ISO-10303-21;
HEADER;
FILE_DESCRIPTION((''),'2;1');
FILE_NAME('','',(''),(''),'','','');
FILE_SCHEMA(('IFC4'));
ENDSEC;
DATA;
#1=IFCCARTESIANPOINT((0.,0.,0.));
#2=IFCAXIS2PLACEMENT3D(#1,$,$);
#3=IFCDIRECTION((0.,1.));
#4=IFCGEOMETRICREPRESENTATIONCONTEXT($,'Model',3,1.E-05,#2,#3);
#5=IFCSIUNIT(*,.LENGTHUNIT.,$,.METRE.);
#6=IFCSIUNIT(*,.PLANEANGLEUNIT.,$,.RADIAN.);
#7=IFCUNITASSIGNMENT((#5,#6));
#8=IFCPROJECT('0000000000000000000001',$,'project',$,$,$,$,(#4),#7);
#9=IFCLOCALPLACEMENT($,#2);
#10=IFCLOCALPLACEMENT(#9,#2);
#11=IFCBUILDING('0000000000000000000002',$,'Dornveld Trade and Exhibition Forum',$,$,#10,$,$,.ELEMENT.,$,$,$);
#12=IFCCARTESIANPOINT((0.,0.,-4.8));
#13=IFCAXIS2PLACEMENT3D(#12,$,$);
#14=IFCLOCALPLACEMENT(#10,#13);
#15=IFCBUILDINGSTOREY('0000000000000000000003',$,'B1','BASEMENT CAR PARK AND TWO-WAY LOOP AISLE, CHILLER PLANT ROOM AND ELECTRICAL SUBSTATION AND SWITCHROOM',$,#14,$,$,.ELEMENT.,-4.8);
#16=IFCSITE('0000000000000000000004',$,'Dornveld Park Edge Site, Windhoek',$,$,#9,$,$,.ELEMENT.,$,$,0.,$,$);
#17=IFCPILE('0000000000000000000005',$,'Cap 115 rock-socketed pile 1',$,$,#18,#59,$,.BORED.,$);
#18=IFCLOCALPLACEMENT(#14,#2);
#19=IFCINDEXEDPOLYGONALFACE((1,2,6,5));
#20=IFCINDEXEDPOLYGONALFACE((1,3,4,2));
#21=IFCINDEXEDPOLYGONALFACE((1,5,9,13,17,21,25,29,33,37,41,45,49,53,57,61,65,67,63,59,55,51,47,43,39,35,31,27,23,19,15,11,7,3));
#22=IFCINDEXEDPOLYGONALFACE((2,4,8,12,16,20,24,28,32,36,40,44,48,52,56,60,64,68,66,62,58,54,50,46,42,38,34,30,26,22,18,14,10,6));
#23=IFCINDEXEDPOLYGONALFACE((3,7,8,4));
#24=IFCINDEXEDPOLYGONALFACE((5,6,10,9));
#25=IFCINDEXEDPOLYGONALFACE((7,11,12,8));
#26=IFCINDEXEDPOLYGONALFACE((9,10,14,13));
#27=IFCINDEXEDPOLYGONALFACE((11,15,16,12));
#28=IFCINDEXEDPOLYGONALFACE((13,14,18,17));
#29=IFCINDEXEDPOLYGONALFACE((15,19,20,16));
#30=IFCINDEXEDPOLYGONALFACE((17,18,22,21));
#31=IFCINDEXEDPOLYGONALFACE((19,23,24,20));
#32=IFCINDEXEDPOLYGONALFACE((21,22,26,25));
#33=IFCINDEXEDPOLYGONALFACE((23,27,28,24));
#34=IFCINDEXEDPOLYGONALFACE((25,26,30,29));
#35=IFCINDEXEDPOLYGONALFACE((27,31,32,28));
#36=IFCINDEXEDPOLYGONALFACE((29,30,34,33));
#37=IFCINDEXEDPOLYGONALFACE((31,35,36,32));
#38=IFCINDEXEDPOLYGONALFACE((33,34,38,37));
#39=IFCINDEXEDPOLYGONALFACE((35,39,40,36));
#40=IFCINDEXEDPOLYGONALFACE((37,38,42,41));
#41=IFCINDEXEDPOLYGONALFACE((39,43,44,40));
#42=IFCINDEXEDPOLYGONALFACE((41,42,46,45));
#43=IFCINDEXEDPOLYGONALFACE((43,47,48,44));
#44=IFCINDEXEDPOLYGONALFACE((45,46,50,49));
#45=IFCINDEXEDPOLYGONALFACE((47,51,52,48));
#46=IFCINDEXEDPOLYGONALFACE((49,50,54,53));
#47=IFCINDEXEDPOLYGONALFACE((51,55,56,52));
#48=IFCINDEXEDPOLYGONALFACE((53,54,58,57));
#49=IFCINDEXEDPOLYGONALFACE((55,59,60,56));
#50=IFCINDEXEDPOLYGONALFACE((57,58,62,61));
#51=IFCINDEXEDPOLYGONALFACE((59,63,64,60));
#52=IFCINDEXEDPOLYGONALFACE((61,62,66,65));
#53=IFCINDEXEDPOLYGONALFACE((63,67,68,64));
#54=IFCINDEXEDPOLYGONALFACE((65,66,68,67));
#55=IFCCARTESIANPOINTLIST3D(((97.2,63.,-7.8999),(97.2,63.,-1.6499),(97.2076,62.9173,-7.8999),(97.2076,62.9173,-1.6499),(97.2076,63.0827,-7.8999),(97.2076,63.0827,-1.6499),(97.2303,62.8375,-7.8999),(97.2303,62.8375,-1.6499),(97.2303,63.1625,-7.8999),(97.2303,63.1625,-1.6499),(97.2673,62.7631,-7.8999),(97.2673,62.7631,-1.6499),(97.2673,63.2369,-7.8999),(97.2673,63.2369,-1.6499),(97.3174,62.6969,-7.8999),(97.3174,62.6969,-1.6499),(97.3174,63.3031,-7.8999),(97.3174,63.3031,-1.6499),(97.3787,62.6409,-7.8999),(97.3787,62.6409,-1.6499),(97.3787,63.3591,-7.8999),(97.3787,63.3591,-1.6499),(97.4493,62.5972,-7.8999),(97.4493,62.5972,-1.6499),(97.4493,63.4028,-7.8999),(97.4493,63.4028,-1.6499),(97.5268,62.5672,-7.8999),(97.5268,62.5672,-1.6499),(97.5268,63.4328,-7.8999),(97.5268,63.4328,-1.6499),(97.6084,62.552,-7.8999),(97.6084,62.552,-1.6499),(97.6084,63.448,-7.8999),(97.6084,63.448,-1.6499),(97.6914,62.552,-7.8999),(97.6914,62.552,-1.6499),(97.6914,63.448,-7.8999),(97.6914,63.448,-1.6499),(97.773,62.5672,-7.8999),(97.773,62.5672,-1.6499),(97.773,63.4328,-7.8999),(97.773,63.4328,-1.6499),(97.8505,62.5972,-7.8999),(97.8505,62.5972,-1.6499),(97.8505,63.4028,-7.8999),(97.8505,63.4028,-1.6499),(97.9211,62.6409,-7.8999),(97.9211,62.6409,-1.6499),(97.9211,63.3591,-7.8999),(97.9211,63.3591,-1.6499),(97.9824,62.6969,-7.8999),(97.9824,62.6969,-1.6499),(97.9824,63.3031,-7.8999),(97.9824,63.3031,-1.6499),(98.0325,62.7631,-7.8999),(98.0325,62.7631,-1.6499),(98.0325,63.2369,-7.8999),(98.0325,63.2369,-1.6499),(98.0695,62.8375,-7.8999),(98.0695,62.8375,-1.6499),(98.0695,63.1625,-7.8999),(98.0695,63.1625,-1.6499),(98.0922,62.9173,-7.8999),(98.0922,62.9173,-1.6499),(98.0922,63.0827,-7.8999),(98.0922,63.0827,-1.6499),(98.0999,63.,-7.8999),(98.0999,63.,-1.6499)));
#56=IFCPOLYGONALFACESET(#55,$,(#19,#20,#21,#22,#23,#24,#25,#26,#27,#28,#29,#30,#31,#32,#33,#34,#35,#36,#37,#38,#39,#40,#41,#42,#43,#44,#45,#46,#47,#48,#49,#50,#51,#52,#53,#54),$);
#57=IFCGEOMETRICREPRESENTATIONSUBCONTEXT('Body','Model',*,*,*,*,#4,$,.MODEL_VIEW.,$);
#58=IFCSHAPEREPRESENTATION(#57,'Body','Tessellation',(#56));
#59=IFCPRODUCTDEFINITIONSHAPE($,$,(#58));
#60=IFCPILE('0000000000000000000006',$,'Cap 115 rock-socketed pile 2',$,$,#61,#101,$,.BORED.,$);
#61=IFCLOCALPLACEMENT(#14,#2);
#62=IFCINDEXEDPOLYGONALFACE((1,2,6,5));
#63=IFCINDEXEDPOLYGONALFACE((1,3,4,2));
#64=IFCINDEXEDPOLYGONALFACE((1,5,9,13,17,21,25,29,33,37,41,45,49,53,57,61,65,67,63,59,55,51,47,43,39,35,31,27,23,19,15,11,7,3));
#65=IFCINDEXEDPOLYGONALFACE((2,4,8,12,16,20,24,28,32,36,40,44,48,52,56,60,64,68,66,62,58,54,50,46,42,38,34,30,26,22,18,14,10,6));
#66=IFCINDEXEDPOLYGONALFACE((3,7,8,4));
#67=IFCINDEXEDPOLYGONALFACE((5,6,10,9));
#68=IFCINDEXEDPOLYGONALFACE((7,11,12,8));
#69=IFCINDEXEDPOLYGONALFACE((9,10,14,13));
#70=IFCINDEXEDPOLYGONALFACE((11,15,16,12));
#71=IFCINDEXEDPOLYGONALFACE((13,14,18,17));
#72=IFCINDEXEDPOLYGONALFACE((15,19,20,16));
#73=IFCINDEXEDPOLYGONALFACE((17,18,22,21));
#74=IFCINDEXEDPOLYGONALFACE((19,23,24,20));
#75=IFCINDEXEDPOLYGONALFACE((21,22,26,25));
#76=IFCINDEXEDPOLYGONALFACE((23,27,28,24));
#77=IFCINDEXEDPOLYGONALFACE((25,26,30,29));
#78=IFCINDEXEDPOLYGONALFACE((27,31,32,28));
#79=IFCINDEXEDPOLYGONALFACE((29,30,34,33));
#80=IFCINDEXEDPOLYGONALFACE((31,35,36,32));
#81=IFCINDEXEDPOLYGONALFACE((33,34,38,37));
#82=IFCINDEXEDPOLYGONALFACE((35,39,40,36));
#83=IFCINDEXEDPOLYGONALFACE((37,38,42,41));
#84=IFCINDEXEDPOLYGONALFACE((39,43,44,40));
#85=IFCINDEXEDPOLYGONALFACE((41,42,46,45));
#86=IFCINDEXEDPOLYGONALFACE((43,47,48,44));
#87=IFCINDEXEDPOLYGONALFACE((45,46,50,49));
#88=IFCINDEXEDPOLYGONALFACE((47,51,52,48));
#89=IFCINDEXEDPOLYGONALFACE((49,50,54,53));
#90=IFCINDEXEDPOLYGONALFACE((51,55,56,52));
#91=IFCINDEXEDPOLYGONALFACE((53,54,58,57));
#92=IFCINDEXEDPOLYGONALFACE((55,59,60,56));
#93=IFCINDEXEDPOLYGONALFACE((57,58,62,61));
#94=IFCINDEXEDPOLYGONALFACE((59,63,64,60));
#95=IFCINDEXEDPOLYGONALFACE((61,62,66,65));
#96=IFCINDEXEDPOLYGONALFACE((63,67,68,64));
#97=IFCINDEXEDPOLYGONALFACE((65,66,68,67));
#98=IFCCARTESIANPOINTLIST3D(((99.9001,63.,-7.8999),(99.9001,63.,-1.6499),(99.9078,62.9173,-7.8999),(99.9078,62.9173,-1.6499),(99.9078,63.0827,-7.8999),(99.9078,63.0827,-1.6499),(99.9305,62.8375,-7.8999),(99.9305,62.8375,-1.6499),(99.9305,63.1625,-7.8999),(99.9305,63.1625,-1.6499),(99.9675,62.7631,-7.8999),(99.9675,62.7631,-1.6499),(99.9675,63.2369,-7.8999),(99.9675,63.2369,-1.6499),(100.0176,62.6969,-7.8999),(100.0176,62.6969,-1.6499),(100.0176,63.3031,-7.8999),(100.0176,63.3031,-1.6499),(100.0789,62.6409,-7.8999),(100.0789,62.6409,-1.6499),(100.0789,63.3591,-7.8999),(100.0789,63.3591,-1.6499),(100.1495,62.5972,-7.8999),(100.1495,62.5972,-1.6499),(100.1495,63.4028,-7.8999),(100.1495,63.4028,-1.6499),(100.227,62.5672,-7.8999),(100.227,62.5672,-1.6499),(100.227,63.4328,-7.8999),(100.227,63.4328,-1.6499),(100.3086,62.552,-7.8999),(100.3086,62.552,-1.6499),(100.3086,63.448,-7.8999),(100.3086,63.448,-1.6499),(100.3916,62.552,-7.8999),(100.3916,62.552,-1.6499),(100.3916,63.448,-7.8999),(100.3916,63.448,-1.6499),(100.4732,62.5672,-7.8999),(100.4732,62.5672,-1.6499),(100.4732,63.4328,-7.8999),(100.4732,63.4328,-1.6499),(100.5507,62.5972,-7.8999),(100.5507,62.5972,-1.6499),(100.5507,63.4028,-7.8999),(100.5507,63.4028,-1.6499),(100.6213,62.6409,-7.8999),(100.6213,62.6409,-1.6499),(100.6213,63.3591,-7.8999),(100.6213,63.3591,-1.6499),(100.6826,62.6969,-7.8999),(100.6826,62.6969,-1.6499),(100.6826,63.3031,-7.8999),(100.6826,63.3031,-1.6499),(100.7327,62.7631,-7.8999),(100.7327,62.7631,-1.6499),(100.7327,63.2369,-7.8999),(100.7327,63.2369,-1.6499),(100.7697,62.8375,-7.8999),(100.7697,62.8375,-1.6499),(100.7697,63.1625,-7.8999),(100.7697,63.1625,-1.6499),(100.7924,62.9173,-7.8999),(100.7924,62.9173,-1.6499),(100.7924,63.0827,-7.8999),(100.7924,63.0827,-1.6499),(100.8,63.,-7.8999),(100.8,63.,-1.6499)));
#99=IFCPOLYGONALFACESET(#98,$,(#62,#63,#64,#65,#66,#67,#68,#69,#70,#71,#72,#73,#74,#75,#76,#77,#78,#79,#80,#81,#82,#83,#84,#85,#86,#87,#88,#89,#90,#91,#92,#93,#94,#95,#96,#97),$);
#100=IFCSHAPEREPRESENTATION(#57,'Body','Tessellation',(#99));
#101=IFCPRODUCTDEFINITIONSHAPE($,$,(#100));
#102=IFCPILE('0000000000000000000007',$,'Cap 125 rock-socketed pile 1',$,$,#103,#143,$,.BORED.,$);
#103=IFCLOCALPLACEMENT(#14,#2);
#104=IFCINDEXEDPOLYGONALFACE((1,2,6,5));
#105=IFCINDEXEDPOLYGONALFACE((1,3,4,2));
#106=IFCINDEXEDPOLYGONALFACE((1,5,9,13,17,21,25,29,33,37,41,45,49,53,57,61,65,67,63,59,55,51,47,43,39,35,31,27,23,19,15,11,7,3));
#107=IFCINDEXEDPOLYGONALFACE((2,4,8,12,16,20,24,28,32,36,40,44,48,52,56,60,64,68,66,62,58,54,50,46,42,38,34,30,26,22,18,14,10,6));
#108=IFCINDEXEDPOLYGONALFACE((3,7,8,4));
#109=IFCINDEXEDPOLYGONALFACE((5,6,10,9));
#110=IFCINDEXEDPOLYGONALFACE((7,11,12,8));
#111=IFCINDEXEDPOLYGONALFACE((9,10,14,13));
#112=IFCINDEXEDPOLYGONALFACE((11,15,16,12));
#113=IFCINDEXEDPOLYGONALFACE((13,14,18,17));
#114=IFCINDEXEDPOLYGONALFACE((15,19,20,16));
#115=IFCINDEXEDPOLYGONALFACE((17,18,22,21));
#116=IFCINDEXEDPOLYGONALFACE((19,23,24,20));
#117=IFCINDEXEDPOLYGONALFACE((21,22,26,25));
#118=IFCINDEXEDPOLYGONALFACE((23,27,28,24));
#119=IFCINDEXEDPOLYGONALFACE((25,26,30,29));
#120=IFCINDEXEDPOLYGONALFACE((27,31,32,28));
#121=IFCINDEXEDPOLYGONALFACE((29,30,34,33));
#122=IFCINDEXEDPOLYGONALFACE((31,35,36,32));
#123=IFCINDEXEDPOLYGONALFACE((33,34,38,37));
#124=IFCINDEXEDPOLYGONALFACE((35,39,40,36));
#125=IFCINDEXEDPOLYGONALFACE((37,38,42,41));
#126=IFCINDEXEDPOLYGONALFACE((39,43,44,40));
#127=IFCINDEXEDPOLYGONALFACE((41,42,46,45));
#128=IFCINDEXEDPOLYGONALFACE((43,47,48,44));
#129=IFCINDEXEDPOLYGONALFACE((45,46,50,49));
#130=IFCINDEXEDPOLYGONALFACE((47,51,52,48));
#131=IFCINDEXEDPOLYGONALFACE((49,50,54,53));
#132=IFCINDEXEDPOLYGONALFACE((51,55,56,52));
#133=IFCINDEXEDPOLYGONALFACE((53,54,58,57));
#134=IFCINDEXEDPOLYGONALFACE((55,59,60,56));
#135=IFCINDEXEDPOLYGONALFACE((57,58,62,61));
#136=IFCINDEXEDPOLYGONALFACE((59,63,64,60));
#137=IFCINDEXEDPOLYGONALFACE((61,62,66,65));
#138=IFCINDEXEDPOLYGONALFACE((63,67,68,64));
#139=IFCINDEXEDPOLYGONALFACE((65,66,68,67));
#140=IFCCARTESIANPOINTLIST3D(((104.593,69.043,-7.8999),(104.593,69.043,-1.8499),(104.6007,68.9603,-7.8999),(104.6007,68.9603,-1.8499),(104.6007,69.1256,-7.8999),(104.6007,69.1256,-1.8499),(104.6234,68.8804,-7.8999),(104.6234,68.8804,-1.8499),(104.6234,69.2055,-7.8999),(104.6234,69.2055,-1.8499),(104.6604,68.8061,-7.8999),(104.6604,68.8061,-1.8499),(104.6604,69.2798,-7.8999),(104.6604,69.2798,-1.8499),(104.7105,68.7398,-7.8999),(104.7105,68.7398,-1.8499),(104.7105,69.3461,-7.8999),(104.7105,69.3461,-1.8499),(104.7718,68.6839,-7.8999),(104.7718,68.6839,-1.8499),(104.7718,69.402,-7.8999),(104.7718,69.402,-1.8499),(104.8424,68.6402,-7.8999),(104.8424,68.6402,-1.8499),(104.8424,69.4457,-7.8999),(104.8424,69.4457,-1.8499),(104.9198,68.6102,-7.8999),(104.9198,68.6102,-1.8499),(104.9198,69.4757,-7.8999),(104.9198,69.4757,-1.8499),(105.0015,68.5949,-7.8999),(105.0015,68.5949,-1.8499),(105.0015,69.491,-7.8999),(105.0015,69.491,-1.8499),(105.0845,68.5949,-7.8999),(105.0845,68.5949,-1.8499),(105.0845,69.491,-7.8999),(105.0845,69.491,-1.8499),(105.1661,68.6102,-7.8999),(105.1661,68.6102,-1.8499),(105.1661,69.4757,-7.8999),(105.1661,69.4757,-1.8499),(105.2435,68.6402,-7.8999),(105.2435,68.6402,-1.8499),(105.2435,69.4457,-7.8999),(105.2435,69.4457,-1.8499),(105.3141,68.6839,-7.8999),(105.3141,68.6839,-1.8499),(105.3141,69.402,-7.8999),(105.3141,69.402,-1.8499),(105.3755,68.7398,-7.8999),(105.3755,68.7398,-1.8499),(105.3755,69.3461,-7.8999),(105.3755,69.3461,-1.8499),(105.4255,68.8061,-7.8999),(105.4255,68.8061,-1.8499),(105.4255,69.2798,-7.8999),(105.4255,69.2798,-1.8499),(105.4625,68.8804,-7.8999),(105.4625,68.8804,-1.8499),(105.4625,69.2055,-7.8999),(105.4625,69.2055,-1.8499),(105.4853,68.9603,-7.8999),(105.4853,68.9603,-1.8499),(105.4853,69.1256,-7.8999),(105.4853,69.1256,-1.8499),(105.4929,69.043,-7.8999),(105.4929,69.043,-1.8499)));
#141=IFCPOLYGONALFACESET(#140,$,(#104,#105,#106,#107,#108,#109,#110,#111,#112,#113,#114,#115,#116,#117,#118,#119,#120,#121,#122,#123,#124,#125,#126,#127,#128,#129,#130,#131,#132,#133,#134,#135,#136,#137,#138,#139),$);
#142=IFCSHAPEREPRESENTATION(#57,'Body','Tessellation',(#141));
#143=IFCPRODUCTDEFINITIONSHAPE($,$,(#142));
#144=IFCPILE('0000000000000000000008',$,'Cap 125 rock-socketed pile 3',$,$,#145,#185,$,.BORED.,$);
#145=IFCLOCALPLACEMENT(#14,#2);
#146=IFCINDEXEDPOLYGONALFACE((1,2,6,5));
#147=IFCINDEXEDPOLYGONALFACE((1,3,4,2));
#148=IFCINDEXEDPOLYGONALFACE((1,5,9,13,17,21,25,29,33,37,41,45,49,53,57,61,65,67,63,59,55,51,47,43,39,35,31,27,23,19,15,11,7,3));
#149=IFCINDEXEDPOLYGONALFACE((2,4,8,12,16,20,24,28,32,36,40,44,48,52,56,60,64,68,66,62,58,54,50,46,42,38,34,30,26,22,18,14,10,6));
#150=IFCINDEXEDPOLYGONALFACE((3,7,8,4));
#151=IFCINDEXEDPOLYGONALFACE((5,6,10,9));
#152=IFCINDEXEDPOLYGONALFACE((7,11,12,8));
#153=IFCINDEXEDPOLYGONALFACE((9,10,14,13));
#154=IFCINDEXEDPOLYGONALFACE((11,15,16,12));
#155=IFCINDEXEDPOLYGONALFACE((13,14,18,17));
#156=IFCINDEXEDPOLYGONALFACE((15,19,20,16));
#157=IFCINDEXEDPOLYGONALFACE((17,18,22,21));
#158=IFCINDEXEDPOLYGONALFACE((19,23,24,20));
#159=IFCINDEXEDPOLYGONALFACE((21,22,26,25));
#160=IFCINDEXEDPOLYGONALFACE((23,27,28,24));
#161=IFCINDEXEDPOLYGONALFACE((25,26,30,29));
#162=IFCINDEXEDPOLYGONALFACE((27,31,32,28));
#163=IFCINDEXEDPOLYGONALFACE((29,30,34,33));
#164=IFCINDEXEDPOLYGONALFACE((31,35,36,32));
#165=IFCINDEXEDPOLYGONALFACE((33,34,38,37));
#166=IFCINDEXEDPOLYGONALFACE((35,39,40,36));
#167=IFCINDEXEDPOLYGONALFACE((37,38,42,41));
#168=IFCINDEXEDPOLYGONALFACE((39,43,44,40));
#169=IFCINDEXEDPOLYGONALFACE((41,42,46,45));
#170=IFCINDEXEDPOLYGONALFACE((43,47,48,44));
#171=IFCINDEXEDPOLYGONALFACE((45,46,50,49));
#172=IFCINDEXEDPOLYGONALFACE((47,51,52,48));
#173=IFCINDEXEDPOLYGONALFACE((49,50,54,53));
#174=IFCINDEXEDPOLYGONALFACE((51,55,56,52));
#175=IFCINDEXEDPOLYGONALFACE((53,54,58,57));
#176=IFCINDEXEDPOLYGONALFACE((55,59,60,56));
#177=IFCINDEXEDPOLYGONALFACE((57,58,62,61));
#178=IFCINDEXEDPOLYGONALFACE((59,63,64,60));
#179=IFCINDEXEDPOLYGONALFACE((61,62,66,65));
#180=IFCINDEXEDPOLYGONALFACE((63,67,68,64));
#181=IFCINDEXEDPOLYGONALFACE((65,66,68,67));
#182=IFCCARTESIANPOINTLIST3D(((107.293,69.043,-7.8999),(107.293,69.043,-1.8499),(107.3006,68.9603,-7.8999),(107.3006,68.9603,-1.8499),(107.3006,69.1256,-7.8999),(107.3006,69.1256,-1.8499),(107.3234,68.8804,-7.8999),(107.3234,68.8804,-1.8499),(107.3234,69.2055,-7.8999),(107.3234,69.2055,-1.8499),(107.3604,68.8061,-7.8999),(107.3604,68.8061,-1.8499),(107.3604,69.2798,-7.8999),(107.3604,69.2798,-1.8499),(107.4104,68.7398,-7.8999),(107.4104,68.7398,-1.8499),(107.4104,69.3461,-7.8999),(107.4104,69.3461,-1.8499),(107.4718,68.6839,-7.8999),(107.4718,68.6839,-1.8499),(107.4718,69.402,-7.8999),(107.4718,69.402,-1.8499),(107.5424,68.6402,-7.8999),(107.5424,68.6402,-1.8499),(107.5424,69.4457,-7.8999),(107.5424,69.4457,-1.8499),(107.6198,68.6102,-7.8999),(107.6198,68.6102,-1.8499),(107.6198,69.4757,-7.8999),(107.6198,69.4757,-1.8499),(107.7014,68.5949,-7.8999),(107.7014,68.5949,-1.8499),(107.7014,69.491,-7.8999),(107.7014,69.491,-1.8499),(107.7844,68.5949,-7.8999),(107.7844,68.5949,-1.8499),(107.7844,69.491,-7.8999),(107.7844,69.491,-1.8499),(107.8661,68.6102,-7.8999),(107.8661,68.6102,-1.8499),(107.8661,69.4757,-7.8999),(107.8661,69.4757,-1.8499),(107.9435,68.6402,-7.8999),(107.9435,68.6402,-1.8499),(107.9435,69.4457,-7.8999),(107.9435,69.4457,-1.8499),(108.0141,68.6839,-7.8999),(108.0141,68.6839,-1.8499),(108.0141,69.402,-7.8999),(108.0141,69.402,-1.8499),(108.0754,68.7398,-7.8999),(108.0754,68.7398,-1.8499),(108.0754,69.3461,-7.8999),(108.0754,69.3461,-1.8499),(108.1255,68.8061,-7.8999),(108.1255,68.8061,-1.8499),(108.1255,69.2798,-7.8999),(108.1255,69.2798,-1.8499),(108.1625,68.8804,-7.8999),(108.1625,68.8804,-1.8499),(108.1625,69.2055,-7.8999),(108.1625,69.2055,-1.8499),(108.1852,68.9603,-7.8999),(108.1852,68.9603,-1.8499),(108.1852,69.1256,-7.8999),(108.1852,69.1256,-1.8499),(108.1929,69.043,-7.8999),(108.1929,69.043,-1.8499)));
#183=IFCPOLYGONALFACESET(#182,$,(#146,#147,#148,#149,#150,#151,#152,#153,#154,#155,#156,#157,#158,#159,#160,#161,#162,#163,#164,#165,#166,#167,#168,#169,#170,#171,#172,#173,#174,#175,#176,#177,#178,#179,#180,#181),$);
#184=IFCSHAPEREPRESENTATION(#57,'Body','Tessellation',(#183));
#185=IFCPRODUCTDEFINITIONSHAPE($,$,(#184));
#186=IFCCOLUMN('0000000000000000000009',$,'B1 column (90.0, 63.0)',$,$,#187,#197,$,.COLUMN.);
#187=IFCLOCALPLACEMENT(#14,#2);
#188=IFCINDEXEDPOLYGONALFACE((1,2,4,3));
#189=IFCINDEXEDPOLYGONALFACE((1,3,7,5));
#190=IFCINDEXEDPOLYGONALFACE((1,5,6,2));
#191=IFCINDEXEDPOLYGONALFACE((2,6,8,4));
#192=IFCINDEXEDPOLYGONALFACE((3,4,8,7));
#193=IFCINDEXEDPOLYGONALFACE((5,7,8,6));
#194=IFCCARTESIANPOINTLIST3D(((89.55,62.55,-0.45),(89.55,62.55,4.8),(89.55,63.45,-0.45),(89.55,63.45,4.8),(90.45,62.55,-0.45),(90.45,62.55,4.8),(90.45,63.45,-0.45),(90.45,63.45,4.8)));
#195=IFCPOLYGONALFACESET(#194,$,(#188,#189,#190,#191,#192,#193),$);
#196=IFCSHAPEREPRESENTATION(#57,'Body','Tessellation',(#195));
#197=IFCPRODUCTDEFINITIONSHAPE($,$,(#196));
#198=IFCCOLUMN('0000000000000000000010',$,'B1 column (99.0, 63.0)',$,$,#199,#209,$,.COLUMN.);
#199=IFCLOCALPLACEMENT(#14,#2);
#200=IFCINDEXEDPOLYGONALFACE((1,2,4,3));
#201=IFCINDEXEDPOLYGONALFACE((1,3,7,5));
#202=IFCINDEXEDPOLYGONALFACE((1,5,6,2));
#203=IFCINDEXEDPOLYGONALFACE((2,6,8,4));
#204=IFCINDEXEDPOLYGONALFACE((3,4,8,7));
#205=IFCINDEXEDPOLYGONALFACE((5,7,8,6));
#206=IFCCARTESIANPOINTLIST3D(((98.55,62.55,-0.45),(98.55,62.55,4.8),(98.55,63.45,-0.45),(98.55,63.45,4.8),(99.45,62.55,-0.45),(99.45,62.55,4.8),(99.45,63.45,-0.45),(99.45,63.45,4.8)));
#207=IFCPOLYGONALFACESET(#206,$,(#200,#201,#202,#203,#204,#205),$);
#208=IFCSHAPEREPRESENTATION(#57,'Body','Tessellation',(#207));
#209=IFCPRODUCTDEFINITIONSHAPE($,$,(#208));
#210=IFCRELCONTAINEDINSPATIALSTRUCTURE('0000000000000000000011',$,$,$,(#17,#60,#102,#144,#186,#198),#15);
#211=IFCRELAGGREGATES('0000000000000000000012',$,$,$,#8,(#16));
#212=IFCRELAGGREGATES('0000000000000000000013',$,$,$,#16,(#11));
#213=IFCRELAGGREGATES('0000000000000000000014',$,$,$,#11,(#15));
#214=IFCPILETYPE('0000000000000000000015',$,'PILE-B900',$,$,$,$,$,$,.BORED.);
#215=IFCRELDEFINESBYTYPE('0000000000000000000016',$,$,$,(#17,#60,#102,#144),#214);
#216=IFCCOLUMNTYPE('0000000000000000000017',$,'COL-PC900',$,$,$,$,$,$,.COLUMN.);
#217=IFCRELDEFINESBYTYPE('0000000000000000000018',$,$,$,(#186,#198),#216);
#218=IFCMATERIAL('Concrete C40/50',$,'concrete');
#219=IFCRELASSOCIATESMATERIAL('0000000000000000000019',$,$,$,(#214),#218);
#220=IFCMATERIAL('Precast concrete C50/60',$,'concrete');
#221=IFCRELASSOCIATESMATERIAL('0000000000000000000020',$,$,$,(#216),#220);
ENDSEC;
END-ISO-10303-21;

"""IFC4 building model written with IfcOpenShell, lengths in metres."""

from ifc_helpers import new_model, si_unit, direction, frame, origin, origin_2d, place, context, subcontext, project, spatial, rectangle, circle, extrude, material, material_profile, profile_set, type_object, element, save


model = new_model("IFC4")

# Units and contexts
model_context = context("Model", 3, precision=1e-05, world=origin(), true_north=direction((0.0, 1.0)))
body_context = subcontext(model_context, "Body", "Model", "MODEL_VIEW")
ifc_project = project(units=[si_unit("LENGTHUNIT", "METRE"), si_unit("PLANEANGLEUNIT", "RADIAN")], contexts=[model_context])

# Site, building, storey
site_placement = place(None, origin())
site = spatial("IfcSite", under=ifc_project, at=site_placement, Name="Dornveld Park Edge Site, Windhoek", CompositionType="ELEMENT", RefElevation=0.0)
building_placement = place(site_placement, origin())
building = spatial("IfcBuilding", under=site, at=building_placement, Name="Dornveld Trade and Exhibition Forum", CompositionType="ELEMENT")
storey_placement = place(building_placement, frame((0.0, 0.0, -4.8)))
storey = spatial("IfcBuildingStorey", under=building, at=storey_placement, Name="B1", Description="BASEMENT CAR PARK AND TWO-WAY LOOP AISLE, CHILLER PLANT ROOM AND ELECTRICAL SUBSTATION AND SWITCHROOM", CompositionType="ELEMENT", Elevation=-4.8)

# Piles
ifc_material_1 = material(Name="Concrete C40/50", Category="concrete")
ifc_material_profile_1 = material_profile(ifc_material_1, circle(Radius=0.45, at=origin_2d()), Name="PILE D900")
ifc_profile_set_1 = profile_set([ifc_material_profile_1], Name="Concrete C40/50")
pile_type_1 = type_object("IfcPileType", Name="PILE-B900", PredefinedType="BORED", material=ifc_profile_set_1)
for number, where, z_axis, x_axis, name in (
    (1, (97.6499, 63.0, -1.6499), (0.0, 0.0, -1.0), (1.0, 0.0, 0.0), "Cap 115 rock-socketed pile 1"),
    (2, (100.3501, 63.0, -1.6499), (0.0, 0.0, -1.0), (1.0, 0.0, 0.0), "Cap 115 rock-socketed pile 2"),
):
    element("IfcPile", number, at=place(storey_placement, frame(where, z_axis=z_axis, x_axis=x_axis)), inside=storey, type_object=pile_type_1, Name=name, PredefinedType="BORED", context=body_context, shape_type="SweptSolid", body=[
        extrude(circle(Radius=0.45, at=origin_2d()), origin(), (0.0, 0.0, 1.0), 6.25),
    ])
for number, where, z_axis, x_axis, name in (
    (3, (105.043, 69.043, -1.8499), (0.0, 0.0, -1.0), (1.0, 0.0, 0.0), "Cap 125 rock-socketed pile 1"),
    (4, (107.7429, 69.043, -1.8499), (0.0, 0.0, -1.0), (1.0, 0.0, 0.0), "Cap 125 rock-socketed pile 3"),
):
    element("IfcPile", number, at=place(storey_placement, frame(where, z_axis=z_axis, x_axis=x_axis)), inside=storey, type_object=pile_type_1, Name=name, PredefinedType="BORED", context=body_context, shape_type="SweptSolid", body=[
        extrude(circle(Radius=0.45, at=origin_2d()), origin(), (0.0, 0.0, 1.0), 6.05),
    ])

# Columns
ifc_material_2 = material(Name="Precast concrete C50/60", Category="concrete")
ifc_material_profile_2 = material_profile(ifc_material_2, rectangle(XDim=0.8999, YDim=0.8999, at=origin_2d()), Name="PC-COL 900x900")
ifc_profile_set_2 = profile_set([ifc_material_profile_2], Name="Precast concrete C50/60")
column_type = type_object("IfcColumnType", Name="COL-PC900", PredefinedType="COLUMN", material=ifc_profile_set_2)
for number, where, z_axis, x_axis, name in (
    (5, (90.0, 63.0, -0.45), (0.0, 0.0, 1.0), (1.0, 0.0, 0.0), "B1 column (90.0, 63.0)"),
    (6, (99.0, 63.0, -0.45), (0.0, 0.0, 1.0), (1.0, 0.0, 0.0), "B1 column (99.0, 63.0)"),
):
    element("IfcColumn", number, at=place(storey_placement, frame(where, z_axis=z_axis, x_axis=x_axis)), inside=storey, type_object=column_type, Name=name, PredefinedType="COLUMN", context=body_context, shape_type="SweptSolid", body=[
        extrude(rectangle(XDim=0.8999, YDim=0.8999, at=origin_2d()), origin(), (0.0, 0.0, 1.0), 5.25),
    ])

save(model, "model.ifc")
